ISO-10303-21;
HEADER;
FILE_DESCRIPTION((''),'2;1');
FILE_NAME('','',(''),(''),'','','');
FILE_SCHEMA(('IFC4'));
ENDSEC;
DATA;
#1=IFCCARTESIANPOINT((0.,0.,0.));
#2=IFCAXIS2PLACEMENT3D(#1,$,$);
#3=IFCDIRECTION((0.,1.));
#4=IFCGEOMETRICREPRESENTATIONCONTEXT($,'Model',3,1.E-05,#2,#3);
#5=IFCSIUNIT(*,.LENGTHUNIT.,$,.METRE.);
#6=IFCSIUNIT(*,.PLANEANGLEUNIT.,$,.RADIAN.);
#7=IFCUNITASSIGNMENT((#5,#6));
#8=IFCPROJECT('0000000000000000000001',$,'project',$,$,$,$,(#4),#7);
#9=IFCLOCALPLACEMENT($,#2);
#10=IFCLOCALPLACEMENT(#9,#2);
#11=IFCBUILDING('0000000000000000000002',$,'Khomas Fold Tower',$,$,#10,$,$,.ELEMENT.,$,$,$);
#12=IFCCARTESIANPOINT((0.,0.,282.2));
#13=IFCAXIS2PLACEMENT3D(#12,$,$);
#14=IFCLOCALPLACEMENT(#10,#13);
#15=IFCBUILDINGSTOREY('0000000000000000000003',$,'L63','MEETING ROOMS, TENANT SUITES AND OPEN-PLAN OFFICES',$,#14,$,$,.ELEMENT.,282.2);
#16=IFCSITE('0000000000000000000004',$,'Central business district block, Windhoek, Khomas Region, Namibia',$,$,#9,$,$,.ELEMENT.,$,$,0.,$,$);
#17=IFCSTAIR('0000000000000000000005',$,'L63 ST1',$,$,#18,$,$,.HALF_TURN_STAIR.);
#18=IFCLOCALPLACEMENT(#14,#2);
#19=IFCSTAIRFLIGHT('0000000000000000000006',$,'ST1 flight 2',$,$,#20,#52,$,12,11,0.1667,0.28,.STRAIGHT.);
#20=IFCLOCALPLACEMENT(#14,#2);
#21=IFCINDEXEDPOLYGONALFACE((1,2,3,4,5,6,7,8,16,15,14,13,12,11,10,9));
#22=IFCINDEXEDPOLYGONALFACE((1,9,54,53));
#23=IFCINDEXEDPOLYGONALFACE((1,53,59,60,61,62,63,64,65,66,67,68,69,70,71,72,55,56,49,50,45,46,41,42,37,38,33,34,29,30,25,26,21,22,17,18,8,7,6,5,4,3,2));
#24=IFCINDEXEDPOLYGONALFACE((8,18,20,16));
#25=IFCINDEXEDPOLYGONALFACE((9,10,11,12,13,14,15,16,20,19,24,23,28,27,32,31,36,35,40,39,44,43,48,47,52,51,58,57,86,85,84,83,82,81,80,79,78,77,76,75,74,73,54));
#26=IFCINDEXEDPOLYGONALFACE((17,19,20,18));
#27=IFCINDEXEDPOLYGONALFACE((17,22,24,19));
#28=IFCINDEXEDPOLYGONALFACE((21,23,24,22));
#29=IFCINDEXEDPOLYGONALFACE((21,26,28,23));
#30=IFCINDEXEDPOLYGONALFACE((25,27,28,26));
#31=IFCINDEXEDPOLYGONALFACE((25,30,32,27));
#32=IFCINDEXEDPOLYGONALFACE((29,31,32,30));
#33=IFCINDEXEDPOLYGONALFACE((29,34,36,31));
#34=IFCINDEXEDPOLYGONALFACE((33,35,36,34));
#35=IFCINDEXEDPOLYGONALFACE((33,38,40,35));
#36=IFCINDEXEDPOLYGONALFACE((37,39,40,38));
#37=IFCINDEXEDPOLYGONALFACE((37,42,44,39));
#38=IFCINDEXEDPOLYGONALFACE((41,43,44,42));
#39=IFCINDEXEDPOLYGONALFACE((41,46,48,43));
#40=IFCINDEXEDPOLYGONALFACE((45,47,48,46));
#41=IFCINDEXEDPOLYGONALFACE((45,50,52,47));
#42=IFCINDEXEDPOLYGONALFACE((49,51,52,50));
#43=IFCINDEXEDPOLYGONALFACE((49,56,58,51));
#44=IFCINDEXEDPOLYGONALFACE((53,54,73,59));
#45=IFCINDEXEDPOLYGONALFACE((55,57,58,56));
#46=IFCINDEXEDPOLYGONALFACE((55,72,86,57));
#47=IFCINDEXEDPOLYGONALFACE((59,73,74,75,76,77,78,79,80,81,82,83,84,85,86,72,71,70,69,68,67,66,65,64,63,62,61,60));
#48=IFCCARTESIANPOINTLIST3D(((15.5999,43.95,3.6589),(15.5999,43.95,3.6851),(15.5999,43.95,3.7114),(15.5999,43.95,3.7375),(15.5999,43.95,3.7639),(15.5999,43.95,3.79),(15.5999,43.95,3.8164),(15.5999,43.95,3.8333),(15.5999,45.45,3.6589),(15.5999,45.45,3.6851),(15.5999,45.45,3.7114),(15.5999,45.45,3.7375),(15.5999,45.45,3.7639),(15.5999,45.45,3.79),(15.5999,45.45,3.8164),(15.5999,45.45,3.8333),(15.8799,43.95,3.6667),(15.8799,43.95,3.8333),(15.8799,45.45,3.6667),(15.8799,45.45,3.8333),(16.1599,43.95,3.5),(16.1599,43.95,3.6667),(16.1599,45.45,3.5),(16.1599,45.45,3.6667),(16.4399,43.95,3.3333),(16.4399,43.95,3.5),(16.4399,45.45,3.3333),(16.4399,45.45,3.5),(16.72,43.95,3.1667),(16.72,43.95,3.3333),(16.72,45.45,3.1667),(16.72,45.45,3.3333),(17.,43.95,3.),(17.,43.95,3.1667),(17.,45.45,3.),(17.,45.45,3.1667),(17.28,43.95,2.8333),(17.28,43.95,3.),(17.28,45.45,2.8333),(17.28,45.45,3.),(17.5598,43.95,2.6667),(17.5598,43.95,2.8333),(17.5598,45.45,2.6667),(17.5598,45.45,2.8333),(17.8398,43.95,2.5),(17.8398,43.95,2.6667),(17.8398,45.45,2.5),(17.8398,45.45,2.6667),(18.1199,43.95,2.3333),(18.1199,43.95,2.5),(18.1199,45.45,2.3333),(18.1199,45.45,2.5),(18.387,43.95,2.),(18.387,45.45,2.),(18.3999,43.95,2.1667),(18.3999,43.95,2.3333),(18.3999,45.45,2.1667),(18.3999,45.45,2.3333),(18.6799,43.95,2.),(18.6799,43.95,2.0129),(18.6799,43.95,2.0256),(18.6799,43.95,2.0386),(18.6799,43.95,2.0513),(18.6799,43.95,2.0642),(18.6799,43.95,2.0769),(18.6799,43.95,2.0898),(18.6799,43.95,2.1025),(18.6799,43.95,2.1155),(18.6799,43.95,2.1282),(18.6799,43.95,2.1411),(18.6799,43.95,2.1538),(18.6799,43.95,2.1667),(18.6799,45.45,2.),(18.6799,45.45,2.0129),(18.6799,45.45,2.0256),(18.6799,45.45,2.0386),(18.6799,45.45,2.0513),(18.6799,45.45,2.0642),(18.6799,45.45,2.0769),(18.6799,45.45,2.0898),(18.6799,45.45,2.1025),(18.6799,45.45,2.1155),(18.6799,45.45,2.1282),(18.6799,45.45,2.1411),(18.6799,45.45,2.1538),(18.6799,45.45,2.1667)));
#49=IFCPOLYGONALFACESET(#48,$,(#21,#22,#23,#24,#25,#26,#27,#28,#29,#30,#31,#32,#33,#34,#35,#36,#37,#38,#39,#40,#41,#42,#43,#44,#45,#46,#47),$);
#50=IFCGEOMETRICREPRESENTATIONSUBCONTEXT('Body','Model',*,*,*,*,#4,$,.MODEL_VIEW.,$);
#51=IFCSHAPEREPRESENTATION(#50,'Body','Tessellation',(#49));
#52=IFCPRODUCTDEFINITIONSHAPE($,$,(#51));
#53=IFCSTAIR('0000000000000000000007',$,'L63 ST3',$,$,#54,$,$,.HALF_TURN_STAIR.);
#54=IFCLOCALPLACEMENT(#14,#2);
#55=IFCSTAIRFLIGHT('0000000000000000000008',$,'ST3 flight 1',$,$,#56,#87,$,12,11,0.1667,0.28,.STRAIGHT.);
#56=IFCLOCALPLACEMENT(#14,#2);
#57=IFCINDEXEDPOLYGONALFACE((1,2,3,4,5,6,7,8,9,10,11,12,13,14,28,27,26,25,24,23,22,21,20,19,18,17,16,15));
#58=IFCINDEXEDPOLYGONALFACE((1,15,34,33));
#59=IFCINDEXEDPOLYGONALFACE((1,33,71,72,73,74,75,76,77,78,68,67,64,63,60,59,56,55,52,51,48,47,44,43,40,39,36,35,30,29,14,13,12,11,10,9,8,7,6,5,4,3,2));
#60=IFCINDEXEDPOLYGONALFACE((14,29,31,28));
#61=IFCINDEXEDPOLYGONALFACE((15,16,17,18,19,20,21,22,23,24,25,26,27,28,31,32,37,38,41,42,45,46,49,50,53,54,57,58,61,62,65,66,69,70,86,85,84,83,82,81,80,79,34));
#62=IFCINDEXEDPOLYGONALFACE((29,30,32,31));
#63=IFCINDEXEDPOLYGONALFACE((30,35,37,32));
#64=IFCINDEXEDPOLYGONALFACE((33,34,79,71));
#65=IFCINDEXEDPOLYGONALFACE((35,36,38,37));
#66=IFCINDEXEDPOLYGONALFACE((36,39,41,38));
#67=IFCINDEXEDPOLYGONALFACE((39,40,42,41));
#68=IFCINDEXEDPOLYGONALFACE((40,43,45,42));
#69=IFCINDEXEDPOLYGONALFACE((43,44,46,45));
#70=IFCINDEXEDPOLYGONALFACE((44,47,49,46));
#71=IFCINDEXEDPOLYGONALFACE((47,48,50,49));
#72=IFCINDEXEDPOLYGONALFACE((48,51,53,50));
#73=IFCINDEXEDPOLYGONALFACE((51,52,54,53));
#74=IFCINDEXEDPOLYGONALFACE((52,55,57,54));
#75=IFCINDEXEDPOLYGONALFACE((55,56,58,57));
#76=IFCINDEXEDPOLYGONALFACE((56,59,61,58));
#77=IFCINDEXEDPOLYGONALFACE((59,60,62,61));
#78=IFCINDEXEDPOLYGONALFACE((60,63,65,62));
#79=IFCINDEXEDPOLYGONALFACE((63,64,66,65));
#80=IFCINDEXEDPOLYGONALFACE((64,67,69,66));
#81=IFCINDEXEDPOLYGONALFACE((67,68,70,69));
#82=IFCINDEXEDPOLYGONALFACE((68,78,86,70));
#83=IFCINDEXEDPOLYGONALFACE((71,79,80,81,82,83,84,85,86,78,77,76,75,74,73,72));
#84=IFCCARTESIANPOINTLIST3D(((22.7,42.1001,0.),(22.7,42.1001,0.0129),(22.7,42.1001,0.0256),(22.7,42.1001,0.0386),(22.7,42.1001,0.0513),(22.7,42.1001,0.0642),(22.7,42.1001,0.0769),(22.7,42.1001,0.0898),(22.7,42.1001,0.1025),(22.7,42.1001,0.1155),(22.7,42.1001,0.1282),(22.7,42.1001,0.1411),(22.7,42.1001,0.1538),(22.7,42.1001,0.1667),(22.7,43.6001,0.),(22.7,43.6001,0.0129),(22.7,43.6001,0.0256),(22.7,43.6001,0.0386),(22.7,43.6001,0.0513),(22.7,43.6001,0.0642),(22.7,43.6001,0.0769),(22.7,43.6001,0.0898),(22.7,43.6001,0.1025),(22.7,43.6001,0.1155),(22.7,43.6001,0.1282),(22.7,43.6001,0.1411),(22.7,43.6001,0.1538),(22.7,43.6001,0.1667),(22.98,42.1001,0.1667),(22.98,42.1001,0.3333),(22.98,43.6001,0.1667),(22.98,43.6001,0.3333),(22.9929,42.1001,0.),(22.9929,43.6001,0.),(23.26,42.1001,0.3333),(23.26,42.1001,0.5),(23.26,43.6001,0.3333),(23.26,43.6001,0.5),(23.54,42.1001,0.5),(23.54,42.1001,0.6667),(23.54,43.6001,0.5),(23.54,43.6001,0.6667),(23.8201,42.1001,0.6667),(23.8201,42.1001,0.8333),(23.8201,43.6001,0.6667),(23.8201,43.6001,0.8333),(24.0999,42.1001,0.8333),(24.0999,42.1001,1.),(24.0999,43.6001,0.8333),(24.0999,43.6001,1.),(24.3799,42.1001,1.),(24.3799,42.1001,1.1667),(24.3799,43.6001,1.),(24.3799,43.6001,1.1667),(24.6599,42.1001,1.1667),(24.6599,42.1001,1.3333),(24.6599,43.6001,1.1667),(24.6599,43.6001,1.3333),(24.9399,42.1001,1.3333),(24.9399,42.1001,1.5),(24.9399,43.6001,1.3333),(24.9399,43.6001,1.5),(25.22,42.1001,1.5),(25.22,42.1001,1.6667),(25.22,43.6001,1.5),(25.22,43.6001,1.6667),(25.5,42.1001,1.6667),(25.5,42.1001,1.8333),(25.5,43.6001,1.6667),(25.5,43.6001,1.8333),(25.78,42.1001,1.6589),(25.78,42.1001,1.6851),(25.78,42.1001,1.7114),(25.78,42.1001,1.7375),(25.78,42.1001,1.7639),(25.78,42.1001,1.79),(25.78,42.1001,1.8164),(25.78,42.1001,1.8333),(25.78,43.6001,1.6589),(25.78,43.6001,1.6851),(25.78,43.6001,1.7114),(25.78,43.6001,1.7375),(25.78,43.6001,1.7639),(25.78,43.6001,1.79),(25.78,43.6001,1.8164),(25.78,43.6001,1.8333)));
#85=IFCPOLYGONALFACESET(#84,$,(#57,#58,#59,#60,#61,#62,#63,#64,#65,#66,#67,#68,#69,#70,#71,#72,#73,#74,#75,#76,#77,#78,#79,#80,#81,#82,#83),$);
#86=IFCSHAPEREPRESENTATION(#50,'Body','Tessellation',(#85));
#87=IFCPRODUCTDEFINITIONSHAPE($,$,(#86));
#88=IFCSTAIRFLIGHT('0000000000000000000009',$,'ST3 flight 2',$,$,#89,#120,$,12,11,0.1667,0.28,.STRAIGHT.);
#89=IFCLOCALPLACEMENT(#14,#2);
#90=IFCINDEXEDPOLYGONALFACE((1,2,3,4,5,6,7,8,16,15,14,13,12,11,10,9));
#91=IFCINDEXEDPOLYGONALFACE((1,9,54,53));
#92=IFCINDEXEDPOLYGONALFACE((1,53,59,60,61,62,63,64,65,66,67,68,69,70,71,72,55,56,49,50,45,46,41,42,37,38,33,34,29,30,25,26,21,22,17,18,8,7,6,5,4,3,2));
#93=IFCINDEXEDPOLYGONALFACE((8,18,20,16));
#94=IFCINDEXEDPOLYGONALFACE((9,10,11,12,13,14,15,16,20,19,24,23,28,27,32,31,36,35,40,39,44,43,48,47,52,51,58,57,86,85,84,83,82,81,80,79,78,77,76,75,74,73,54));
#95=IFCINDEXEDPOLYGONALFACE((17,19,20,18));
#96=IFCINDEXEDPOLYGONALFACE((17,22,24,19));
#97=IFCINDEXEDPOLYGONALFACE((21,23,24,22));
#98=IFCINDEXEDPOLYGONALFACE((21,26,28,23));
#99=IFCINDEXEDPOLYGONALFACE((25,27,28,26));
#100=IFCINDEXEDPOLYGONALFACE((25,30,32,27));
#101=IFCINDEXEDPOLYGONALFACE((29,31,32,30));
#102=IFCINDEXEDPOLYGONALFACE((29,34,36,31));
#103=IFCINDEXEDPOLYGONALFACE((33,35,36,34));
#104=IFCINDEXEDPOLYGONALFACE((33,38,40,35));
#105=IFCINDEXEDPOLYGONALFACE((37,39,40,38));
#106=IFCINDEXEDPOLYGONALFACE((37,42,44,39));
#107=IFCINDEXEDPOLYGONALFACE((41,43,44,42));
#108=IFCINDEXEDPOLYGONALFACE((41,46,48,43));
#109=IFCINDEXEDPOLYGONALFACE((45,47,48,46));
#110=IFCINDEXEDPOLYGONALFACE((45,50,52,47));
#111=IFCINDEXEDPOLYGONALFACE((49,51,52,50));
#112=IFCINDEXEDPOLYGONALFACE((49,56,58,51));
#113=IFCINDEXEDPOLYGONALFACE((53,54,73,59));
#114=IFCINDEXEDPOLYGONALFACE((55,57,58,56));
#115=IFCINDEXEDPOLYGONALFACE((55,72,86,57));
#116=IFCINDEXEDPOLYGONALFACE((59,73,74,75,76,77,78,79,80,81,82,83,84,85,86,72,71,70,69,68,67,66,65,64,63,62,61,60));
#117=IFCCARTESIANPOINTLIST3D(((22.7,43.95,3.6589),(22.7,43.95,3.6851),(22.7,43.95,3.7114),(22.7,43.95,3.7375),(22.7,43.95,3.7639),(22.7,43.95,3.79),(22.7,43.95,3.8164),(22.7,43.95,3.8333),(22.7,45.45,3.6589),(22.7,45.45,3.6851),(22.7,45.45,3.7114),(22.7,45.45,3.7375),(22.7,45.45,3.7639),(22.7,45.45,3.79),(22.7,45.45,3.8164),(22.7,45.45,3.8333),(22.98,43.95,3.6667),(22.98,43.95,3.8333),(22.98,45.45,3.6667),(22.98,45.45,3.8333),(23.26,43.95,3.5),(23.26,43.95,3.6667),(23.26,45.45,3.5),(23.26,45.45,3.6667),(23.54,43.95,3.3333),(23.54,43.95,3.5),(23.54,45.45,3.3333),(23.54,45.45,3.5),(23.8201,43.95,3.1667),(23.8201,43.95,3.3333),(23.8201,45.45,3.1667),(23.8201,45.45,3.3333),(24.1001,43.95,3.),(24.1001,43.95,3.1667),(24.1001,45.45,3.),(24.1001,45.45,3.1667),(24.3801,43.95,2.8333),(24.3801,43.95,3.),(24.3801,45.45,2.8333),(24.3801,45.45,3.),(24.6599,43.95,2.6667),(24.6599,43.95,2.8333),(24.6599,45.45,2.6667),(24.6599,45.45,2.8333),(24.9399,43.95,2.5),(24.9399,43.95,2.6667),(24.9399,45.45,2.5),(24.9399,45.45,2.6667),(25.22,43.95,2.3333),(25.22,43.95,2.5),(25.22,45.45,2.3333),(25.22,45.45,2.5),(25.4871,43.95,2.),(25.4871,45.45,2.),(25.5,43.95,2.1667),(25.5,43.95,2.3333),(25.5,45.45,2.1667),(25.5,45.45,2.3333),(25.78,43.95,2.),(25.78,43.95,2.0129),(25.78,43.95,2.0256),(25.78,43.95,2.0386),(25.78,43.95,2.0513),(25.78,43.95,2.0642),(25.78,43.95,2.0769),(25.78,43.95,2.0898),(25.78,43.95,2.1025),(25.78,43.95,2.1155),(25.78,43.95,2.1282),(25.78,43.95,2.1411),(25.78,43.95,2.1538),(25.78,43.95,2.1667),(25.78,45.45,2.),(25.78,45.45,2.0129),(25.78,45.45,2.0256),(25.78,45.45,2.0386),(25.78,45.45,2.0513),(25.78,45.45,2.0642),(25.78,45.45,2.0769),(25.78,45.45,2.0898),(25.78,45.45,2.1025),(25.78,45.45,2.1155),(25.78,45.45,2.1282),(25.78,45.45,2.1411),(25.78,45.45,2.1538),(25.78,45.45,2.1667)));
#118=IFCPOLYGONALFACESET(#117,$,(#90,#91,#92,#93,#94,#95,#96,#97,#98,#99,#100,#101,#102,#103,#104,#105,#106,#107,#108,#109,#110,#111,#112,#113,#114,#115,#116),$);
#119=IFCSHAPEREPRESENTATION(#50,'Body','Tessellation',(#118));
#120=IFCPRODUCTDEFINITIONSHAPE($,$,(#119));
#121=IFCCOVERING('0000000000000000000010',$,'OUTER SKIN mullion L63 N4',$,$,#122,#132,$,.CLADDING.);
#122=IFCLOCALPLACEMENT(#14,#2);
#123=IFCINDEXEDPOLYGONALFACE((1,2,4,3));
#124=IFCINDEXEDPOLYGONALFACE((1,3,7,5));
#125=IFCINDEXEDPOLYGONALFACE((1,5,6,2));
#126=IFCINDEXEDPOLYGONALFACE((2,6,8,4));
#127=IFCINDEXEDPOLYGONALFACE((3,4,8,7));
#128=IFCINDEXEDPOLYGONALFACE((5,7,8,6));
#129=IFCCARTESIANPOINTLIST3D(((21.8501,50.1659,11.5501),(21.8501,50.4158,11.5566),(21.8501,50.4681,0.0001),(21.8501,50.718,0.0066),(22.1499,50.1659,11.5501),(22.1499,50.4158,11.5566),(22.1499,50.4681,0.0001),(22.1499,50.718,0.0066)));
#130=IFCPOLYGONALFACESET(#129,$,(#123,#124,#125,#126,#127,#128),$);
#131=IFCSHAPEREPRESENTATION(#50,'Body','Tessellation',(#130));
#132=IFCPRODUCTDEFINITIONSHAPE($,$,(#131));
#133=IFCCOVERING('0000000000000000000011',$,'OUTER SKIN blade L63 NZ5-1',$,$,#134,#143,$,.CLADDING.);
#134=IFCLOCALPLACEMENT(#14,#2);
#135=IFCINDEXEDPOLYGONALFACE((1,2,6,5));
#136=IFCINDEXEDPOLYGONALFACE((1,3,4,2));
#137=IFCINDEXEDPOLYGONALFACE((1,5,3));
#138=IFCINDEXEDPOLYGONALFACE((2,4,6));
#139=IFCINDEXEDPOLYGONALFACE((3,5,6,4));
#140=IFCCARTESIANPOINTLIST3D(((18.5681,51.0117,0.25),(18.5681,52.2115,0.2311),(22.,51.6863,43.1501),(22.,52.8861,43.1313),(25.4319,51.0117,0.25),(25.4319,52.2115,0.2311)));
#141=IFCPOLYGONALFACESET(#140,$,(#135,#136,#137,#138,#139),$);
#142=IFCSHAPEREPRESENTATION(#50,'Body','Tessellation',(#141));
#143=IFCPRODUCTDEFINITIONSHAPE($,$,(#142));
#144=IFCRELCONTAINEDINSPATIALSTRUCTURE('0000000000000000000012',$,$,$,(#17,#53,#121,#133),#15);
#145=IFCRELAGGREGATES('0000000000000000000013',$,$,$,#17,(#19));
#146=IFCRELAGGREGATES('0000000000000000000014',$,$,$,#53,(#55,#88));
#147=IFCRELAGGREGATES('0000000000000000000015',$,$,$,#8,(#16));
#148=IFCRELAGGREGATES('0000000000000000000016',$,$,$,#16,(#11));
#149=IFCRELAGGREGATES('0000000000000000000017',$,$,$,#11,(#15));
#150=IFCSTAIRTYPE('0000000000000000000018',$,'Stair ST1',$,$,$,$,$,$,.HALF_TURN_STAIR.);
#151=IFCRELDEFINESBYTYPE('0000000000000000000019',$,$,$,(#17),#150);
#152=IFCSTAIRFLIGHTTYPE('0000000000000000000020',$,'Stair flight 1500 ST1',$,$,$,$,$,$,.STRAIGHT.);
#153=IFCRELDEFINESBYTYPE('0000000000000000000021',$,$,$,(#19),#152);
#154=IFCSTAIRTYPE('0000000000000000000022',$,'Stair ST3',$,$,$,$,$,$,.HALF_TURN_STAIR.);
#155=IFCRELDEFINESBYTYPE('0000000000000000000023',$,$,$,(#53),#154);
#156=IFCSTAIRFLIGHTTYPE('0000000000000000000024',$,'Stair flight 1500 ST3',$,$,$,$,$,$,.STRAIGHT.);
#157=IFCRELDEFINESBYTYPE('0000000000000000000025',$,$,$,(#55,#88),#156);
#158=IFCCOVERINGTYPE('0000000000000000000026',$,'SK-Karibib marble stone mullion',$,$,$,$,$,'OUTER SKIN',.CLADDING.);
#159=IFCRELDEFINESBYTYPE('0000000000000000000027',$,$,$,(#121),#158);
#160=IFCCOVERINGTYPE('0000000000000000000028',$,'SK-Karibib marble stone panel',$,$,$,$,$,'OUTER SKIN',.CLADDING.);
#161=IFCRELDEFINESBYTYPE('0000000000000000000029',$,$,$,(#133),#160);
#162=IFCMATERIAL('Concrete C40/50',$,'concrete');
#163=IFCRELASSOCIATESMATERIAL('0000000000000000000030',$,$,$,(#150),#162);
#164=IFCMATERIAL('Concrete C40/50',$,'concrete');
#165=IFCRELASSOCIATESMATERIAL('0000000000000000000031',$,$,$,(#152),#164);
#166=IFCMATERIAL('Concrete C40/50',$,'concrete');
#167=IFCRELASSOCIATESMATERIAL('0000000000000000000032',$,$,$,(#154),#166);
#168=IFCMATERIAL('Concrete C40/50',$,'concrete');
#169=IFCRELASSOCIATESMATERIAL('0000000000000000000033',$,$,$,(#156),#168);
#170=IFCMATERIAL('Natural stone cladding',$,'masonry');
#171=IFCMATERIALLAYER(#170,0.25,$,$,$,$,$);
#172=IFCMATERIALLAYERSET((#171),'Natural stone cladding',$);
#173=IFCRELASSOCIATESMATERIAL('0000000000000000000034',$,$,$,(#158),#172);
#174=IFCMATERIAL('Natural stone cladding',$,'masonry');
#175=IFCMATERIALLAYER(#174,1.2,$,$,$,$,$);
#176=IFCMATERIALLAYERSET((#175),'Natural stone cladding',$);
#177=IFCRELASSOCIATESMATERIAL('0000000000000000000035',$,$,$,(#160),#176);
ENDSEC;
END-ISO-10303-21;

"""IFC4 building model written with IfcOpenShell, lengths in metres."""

from ifc_helpers import new_model, si_unit, direction, frame, origin, place, context, subcontext, project, spatial, polyline, outline, extrude, source, transform, mapped, material, layer, layer_set, type_object, element, aggregate, save


model = new_model("IFC4")

# Units and contexts
model_context = context("Model", 3, precision=1e-05, world=origin(), true_north=direction((0.0, 1.0)))
body_context = subcontext(model_context, "Body", "Model", "MODEL_VIEW")
ifc_project = project(units=[si_unit("LENGTHUNIT", "METRE"), si_unit("PLANEANGLEUNIT", "RADIAN")], contexts=[model_context])

# Site, building, storey
site_placement = place(None, origin())
site = spatial("IfcSite", under=ifc_project, at=site_placement, Name="Central business district block, Windhoek, Khomas Region, Namibia", CompositionType="ELEMENT", RefElevation=0.0)
building_placement = place(site_placement, origin())
building = spatial("IfcBuilding", under=site, at=building_placement, Name="Khomas Fold Tower", CompositionType="ELEMENT")
storey_placement = place(building_placement, frame((0.0, 0.0, 282.2)))
storey = spatial("IfcBuildingStorey", under=building, at=storey_placement, Name="L63", Description="MEETING ROOMS, TENANT SUITES AND OPEN-PLAN OFFICES", CompositionType="ELEMENT", Elevation=282.2)

# Stair, stair flight
ifc_material_1 = material(Name="Concrete C40/50", Category="concrete")
stair_type_1 = type_object("IfcStairType", Name="Stair ST1", PredefinedType="HALF_TURN_STAIR", material=ifc_material_1)
stair_1_placement = place(storey_placement, origin())
stair_1 = element("IfcStair", 1, at=stair_1_placement, inside=storey, type_object=stair_type_1, Name="L63 ST1", PredefinedType="HALF_TURN_STAIR")
ifc_material_2 = material(Name="Concrete C40/50", Category="concrete")
stair_flight_type_1 = type_object("IfcStairFlightType", Name="Stair flight 1500 ST1", PredefinedType="STRAIGHT", material=ifc_material_2)
shared_shape_1 = source(origin(), body_context, "Body", "SweptSolid", [
    extrude(outline(polyline([(0.0, 0.0), (0.0, 0.0129), (0.0, 0.0256), (0.0, 0.0386), (0.0, 0.0513), (0.0, 0.0642), (0.0, 0.0769), (0.0, 0.0898), (0.0, 0.1025), (0.0, 0.1155), (0.0, 0.1282), (0.0, 0.1411), (0.0, 0.1538), (0.0, 0.1667), (0.28, 0.1667), (0.28, 0.3333), (0.5601, 0.3333), (0.5601, 0.5), (0.8401, 0.5), (0.8401, 0.6667), (1.1201, 0.6667), (1.1201, 0.8333), (1.3999, 0.8333), (1.3999, 1.0), (1.6799, 1.0), (1.6799, 1.1667), (1.96, 1.1667), (1.96, 1.3333), (2.24, 1.3333), (2.24, 1.5), (2.52, 1.5), (2.52, 1.6667), (2.8, 1.6667), (2.8, 1.8333), (3.0801, 1.8333), (3.0801, 2.0), (3.0801, 1.9739), (3.0801, 1.9475), (3.0801, 1.9214), (3.0801, 1.895), (3.0801, 1.8689), (3.0801, 1.8425), (3.0801, 1.8164), (3.0801, 1.79), (3.0801, 1.7639), (3.0801, 1.7375), (3.0801, 1.7114), (3.0801, 1.6851), (3.0801, 1.6589), (0.293, 0.0), (0.0, 0.0)])), frame((0.0, 0.75, 0.0), z_axis=(0.0, -1.0, 0.0), x_axis=(1.0, 0.0, 0.0)), (0.0, 0.0, 1.0), 1.5),
])
stair_flight_1_placement = place(storey_placement, frame((18.6799, 44.7, 2.0), z_axis=(0.0, 0.0, 1.0), x_axis=(-1.0, 0.0, 0.0)))
stair_flight_1 = element("IfcStairFlight", 2, at=stair_flight_1_placement, type_object=stair_flight_type_1, Name="ST1 flight 2", NumberOfRisers=12, NumberOfTreads=11, PredefinedType="STRAIGHT", RiserHeight=0.1667, TreadLength=0.28, context=body_context, shape_type="MappedRepresentation", body=[
    mapped(shared_shape_1, transform((0.0, 0.0, 0.0))),
])
aggregate(stair_1, [stair_flight_1])

# Stair, stair flights
ifc_material_3 = material(Name="Concrete C40/50", Category="concrete")
stair_type_2 = type_object("IfcStairType", Name="Stair ST3", PredefinedType="HALF_TURN_STAIR", material=ifc_material_3)
stair_2_placement = place(storey_placement, origin())
stair_2 = element("IfcStair", 3, at=stair_2_placement, inside=storey, type_object=stair_type_2, Name="L63 ST3", PredefinedType="HALF_TURN_STAIR")
ifc_material_4 = material(Name="Concrete C40/50", Category="concrete")
stair_flight_type_2 = type_object("IfcStairFlightType", Name="Stair flight 1500 ST3", PredefinedType="STRAIGHT", material=ifc_material_4)
stair_flight_2_placement = place(storey_placement, frame((22.7, 42.8501, 0.0), z_axis=(0.0, 0.0, 1.0), x_axis=(1.0, 0.0, 0.0)))
stair_flight_2 = element("IfcStairFlight", 4, at=stair_flight_2_placement, type_object=stair_flight_type_2, Name="ST3 flight 1", NumberOfRisers=12, NumberOfTreads=11, PredefinedType="STRAIGHT", RiserHeight=0.1667, TreadLength=0.28, context=body_context, shape_type="MappedRepresentation", body=[
    mapped(shared_shape_1, transform((0.0, 0.0, 0.0))),
])
stair_flight_3_placement = place(storey_placement, frame((25.78, 44.7, 2.0), z_axis=(0.0, 0.0, 1.0), x_axis=(-1.0, 0.0, 0.0)))
stair_flight_3 = element("IfcStairFlight", 5, at=stair_flight_3_placement, type_object=stair_flight_type_2, Name="ST3 flight 2", NumberOfRisers=12, NumberOfTreads=11, PredefinedType="STRAIGHT", RiserHeight=0.1667, TreadLength=0.28, context=body_context, shape_type="MappedRepresentation", body=[
    mapped(shared_shape_1, transform((0.0, 0.0, 0.0))),
])
aggregate(stair_2, [stair_flight_2, stair_flight_3])

# Coverings
ifc_material_5 = material(Name="Natural stone cladding", Category="masonry")
ifc_layer_1 = layer(ifc_material_5, 0.25)
ifc_layer_set_1 = layer_set([ifc_layer_1], Name="Natural stone cladding")
covering_type_1 = type_object("IfcCoveringType", Name="SK-Karibib marble stone mullion", ElementType="OUTER SKIN", PredefinedType="CLADDING", material=ifc_layer_set_1)
covering_1_placement = place(storey_placement, frame((21.8501, 50.718, 0.0066), z_axis=(0.0, 0.999658, 0.026159), x_axis=(1.0, 0.0, 0.0)))
element("IfcCovering", 6, at=covering_1_placement, inside=storey, type_object=covering_type_1, Name="OUTER SKIN mullion L63 N4", PredefinedType="CLADDING", context=body_context, shape_type="SweptSolid", body=[
    extrude(outline(polyline([(0.0, 0.0), (0.2998, 0.0), (0.2998, -11.554), (0.0, -11.554), (0.0, 0.0)])), origin(), (0.0, 0.0, -1.0), 0.25),
])
ifc_material_6 = material(Name="Natural stone cladding", Category="masonry")
ifc_layer_2 = layer(ifc_material_6, 1.2)
ifc_layer_set_2 = layer_set([ifc_layer_2], Name="Natural stone cladding")
covering_type_2 = type_object("IfcCoveringType", Name="SK-Karibib marble stone panel", ElementType="OUTER SKIN", PredefinedType="CLADDING", material=ifc_layer_set_2)
covering_2_placement = place(storey_placement, frame((18.5681, 51.0117, 0.25), z_axis=(0.0, -0.999876, 0.015722), x_axis=(1.0, 0.0, 0.0)))
element("IfcCovering", 7, at=covering_2_placement, inside=storey, type_object=covering_type_2, Name="OUTER SKIN blade L63 NZ5-1", PredefinedType="CLADDING", context=body_context, shape_type="SweptSolid", body=[
    extrude(outline(polyline([(0.0, 0.0), (6.8638, 0.0), (3.4319, 42.9054), (0.0, 0.0)])), origin(), (0.0, 0.0, -1.0), 1.2),
])

save(model, "model.ifc")
